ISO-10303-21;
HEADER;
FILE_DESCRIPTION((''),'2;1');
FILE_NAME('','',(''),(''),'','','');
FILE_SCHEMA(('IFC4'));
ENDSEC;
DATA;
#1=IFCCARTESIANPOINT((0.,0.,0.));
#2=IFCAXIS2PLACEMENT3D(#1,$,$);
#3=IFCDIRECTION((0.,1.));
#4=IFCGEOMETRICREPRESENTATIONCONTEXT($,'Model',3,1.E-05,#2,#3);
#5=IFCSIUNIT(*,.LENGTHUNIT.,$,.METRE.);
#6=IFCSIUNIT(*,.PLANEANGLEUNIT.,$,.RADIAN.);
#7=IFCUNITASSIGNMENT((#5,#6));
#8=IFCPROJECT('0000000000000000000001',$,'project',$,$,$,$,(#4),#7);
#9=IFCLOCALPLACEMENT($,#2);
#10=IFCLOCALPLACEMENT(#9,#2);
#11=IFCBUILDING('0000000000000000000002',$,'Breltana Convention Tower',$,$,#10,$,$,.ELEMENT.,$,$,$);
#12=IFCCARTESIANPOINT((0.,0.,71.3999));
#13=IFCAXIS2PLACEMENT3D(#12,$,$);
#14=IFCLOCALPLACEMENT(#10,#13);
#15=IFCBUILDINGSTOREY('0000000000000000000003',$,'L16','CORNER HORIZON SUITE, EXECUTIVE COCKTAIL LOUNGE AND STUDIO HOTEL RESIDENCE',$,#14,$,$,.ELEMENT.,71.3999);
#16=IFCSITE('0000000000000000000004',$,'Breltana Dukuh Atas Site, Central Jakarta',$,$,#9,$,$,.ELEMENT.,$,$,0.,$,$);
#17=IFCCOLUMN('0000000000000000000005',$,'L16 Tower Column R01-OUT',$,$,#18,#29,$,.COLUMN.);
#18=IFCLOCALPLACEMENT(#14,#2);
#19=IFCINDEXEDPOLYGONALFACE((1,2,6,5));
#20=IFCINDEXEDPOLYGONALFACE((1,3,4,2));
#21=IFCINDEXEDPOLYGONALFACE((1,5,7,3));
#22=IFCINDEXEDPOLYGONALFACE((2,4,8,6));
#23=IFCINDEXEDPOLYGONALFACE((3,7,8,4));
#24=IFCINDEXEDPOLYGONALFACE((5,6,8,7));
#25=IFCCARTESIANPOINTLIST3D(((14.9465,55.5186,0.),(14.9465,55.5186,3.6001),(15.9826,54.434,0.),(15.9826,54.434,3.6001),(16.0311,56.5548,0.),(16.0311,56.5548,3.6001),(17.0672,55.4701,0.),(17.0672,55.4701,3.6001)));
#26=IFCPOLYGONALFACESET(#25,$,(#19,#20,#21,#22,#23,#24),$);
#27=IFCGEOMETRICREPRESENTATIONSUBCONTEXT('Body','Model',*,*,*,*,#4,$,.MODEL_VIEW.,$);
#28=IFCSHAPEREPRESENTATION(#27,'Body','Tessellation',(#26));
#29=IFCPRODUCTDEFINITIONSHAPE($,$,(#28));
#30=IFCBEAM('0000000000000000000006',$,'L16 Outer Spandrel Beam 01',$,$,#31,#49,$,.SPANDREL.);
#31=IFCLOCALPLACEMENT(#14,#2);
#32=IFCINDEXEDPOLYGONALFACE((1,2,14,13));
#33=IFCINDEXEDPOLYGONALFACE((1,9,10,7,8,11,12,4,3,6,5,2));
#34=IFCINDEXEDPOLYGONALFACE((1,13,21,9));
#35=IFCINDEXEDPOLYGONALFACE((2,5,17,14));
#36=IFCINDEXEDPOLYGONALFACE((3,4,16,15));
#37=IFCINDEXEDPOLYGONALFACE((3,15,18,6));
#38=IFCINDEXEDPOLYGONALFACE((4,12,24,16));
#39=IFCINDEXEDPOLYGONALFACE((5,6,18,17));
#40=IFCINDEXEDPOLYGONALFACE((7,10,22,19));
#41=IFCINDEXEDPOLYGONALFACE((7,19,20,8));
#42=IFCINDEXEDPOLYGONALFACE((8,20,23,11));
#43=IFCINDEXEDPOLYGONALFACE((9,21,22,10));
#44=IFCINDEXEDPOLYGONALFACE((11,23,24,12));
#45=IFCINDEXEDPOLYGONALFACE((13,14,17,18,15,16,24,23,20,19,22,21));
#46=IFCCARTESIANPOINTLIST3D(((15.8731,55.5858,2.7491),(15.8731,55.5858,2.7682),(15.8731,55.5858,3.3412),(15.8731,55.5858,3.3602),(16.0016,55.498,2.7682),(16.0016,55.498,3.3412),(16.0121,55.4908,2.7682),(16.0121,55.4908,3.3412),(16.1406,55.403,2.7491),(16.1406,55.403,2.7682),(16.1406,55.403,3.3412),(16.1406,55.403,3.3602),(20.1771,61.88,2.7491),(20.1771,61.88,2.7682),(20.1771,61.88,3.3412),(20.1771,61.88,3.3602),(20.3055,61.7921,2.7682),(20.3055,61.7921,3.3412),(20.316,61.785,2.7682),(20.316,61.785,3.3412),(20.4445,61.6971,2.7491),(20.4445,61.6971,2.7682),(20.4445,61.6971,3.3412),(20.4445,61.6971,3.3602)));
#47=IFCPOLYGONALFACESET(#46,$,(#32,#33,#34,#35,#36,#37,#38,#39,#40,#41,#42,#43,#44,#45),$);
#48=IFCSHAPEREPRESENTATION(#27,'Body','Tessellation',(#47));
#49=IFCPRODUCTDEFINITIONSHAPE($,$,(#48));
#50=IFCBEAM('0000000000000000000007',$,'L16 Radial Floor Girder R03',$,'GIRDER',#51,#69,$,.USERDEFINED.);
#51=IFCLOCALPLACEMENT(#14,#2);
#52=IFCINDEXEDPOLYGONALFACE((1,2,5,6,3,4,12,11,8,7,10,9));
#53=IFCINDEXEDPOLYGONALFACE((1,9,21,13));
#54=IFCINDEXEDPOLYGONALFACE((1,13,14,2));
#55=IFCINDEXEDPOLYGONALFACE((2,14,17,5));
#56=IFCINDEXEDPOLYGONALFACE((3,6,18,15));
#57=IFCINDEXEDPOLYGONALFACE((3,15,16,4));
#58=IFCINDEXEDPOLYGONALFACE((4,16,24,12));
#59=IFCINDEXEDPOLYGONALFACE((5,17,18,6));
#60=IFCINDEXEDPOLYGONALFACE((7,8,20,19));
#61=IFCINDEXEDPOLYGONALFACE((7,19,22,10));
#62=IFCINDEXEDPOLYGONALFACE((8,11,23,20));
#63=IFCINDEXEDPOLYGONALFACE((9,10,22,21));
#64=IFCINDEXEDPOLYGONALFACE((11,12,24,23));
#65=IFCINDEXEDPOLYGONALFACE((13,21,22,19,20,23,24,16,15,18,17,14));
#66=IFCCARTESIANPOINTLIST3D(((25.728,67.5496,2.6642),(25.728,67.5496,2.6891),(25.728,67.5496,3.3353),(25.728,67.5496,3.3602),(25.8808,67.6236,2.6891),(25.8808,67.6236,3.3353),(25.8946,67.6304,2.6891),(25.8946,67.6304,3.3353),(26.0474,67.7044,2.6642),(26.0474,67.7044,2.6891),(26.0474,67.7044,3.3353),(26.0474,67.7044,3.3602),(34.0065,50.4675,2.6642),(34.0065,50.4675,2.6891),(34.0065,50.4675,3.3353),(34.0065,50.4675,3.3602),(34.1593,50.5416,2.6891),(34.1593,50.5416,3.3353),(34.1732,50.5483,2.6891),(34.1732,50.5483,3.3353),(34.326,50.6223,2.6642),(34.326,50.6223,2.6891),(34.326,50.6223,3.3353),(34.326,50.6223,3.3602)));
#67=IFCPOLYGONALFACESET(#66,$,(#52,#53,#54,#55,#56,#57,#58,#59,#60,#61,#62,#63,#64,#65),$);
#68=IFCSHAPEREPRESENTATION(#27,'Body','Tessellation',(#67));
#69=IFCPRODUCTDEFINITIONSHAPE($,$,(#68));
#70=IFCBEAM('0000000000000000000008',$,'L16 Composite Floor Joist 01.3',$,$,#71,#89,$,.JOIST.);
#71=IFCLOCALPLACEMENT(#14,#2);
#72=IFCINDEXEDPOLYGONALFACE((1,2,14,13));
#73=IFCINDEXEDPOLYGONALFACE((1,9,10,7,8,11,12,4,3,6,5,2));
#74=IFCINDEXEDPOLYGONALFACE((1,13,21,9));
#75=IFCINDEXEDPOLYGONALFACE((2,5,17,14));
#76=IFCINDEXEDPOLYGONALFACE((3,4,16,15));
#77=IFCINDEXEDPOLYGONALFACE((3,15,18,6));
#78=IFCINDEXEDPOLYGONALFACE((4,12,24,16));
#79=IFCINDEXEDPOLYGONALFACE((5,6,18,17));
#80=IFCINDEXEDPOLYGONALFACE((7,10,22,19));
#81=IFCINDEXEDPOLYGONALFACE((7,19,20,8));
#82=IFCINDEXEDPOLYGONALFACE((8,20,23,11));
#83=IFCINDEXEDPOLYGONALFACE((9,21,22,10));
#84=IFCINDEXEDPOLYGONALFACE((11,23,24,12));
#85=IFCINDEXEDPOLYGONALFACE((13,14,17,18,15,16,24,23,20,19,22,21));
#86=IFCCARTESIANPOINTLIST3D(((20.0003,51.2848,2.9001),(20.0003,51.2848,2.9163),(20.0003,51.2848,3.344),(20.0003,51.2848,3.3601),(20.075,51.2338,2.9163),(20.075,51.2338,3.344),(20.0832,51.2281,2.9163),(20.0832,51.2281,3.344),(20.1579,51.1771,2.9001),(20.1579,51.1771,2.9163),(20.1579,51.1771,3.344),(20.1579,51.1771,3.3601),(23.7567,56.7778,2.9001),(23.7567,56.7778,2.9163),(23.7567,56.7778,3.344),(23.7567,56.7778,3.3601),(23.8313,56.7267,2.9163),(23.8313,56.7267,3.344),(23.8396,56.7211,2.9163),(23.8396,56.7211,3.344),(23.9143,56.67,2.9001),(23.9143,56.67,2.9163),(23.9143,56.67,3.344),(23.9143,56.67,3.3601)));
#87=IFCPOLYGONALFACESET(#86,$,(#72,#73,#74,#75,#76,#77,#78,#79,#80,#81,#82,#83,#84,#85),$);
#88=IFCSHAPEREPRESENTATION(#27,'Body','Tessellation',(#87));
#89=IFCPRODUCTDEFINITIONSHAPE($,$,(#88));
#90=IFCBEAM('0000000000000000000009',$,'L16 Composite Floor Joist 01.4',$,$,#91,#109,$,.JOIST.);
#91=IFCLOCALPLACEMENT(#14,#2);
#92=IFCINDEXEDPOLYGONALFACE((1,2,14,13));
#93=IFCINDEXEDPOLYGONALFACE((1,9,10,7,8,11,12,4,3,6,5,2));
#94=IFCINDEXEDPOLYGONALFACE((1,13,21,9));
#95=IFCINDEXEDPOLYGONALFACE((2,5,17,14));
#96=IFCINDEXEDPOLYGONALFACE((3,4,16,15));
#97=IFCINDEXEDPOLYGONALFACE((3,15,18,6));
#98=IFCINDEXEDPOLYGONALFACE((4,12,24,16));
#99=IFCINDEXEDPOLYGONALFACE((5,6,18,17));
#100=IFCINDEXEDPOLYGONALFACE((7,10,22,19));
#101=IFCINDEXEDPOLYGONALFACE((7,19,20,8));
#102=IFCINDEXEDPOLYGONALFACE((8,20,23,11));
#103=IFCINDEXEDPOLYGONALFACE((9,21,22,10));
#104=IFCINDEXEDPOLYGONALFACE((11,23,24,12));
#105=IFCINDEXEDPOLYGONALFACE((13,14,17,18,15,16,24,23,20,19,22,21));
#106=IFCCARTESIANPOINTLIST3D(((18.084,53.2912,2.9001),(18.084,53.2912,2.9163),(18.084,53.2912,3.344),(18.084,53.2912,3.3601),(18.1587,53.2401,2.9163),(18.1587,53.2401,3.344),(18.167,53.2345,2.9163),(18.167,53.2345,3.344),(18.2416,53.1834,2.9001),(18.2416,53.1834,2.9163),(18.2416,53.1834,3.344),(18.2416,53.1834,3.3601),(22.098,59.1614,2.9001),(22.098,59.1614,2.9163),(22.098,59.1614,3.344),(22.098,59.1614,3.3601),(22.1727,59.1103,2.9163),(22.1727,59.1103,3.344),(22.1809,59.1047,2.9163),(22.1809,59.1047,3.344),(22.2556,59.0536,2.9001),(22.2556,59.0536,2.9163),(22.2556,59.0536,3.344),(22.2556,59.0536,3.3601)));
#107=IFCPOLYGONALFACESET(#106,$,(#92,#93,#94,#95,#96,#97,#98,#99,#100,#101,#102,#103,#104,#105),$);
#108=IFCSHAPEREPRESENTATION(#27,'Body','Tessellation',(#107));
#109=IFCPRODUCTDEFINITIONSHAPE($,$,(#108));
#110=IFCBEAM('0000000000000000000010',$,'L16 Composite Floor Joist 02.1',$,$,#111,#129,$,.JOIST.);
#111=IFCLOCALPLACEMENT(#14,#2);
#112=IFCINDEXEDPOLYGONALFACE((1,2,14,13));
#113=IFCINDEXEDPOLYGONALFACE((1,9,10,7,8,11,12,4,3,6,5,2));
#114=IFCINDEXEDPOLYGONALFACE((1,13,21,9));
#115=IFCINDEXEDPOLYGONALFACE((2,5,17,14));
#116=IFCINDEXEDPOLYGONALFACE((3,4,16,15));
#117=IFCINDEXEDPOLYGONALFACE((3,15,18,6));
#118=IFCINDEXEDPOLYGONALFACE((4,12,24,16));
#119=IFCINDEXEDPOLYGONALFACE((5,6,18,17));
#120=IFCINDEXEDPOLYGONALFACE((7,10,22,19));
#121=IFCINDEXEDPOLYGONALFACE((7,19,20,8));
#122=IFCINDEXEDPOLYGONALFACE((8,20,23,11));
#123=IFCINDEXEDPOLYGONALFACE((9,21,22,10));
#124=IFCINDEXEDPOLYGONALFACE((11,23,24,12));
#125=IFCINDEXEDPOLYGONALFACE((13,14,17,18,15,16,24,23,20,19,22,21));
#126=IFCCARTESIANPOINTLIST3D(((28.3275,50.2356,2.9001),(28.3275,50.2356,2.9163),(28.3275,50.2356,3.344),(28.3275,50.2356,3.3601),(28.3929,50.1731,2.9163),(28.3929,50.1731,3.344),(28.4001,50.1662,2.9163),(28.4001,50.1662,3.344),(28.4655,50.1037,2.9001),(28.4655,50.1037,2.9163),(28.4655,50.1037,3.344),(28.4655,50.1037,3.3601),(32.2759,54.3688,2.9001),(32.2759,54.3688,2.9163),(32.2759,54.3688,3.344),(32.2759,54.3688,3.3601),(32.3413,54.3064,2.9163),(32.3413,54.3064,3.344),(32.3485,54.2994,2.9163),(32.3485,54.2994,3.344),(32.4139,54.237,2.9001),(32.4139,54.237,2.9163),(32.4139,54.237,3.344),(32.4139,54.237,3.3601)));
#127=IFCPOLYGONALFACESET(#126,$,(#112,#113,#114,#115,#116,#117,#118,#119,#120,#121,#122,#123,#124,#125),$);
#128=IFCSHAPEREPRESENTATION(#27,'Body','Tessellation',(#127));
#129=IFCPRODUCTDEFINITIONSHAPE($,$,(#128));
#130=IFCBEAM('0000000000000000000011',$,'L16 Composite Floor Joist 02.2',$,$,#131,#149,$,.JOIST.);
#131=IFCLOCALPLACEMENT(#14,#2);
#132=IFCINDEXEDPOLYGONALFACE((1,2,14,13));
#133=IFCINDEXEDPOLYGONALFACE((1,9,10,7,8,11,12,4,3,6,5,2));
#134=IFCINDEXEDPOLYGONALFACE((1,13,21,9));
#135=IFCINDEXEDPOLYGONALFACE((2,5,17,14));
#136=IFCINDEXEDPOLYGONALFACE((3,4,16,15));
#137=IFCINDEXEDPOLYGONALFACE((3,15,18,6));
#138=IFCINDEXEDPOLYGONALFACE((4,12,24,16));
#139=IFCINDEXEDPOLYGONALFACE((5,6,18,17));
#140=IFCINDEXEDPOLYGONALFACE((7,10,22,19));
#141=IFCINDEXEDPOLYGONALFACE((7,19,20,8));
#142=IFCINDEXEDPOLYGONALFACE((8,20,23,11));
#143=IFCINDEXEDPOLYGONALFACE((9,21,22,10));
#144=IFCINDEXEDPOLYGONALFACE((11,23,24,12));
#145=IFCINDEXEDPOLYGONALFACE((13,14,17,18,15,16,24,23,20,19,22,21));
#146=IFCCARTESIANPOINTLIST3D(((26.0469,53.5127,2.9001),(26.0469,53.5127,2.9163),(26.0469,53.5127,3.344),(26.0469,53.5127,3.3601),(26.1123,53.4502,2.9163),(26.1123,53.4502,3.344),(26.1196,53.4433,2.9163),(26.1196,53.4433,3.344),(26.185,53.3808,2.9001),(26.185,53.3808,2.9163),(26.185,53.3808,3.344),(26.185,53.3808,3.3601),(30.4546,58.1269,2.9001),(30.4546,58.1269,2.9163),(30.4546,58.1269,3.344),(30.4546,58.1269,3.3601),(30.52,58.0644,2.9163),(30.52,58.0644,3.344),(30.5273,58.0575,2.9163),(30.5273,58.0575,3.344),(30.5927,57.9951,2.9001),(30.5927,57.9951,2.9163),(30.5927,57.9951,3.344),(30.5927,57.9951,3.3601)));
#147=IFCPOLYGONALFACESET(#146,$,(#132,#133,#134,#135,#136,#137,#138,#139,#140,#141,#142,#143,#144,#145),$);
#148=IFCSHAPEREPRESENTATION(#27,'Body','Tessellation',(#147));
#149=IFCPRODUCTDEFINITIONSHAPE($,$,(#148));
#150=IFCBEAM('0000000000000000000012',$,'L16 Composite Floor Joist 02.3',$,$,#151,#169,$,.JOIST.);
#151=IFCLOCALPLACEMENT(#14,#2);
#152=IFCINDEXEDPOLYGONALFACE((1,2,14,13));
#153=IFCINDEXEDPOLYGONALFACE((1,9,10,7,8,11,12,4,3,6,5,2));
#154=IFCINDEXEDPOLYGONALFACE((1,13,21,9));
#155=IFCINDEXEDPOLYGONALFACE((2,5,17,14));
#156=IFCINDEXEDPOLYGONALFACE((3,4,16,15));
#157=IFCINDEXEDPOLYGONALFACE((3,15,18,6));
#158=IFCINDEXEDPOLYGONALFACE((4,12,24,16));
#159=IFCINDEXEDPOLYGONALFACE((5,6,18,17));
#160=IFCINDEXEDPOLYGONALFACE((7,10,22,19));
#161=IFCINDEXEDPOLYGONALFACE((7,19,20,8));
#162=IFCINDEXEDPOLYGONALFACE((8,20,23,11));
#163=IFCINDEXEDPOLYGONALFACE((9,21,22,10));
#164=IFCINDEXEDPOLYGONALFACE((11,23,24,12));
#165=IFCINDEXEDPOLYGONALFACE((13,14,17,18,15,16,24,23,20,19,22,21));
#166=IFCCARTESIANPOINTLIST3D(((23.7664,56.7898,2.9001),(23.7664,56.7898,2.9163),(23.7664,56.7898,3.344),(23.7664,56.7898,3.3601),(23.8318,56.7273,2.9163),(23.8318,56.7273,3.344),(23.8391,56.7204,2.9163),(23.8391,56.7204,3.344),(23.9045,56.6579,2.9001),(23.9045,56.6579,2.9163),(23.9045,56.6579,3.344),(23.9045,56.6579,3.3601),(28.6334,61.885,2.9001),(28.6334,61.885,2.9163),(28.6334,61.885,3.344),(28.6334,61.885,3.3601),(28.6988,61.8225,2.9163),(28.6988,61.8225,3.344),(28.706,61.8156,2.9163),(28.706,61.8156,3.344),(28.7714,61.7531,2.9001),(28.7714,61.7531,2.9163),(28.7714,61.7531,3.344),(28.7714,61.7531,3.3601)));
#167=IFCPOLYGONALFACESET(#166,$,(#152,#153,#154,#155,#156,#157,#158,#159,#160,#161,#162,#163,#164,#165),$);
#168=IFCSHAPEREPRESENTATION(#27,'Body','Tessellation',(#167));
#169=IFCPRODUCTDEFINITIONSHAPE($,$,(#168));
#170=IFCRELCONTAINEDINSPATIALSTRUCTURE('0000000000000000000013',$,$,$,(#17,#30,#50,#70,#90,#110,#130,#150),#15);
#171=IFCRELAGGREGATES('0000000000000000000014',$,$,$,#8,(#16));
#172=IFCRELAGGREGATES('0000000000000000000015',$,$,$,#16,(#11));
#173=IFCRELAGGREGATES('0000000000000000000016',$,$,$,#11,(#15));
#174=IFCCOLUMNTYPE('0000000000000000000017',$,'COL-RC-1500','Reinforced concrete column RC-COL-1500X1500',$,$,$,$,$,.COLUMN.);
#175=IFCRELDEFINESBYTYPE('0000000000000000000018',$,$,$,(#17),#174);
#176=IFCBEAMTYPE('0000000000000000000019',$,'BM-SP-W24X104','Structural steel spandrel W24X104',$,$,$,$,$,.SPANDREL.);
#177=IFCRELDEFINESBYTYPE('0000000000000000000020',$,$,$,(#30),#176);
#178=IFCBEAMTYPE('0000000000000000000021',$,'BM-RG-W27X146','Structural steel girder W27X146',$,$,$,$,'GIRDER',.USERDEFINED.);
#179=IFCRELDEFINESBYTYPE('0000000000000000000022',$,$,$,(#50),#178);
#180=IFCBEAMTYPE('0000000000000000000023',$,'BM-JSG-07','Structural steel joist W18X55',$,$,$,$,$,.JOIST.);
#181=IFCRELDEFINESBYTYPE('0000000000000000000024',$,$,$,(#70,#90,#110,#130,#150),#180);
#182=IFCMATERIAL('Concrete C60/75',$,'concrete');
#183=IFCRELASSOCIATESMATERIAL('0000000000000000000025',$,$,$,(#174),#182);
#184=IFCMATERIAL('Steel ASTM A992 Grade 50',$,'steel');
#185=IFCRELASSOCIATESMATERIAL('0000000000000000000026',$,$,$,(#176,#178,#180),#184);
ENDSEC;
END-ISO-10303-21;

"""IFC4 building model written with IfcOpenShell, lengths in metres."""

from ifc_helpers import new_model, si_unit, direction, frame, origin, origin_2d, place, context, subcontext, project, spatial, rectangle, i_section, extrude, source, transform, mapped, material, material_profile, profile_set, type_object, type_shapes, element, save


model = new_model("IFC4")

# Units and contexts
model_context = context("Model", 3, precision=1e-05, world=origin(), true_north=direction((0.0, 1.0)))
body_context = subcontext(model_context, "Body", "Model", "MODEL_VIEW")
ifc_project = project(units=[si_unit("LENGTHUNIT", "METRE"), si_unit("PLANEANGLEUNIT", "RADIAN")], contexts=[model_context])

# Site, building, storey
site_placement = place(None, origin())
site = spatial("IfcSite", under=ifc_project, at=site_placement, Name="Breltana Dukuh Atas Site, Central Jakarta", CompositionType="ELEMENT", RefElevation=0.0)
building_placement = place(site_placement, origin())
building = spatial("IfcBuilding", under=site, at=building_placement, Name="Breltana Convention Tower", CompositionType="ELEMENT")
storey_placement = place(building_placement, frame((0.0, 0.0, 71.3999)))
storey = spatial("IfcBuildingStorey", under=building, at=storey_placement, Name="L16", Description="CORNER HORIZON SUITE, EXECUTIVE COCKTAIL LOUNGE AND STUDIO HOTEL RESIDENCE", CompositionType="ELEMENT", Elevation=71.3999)

# Column
ifc_material_1 = material(Name="Concrete C60/75", Category="concrete")
ifc_material_profile_1 = material_profile(ifc_material_1, rectangle(XDim=1.5, YDim=1.5, at=origin_2d()), Name="RC-COL-1500X1500")
ifc_profile_set_1 = profile_set([ifc_material_profile_1], Name="Concrete C60/75")
column_type_1 = type_object("IfcColumnType", Name="COL-RC-1500", Description="Reinforced concrete column RC-COL-1500X1500", PredefinedType="COLUMN", material=ifc_profile_set_1)
shared_shape_1 = source(origin(), body_context, "Body", "SweptSolid", [
    extrude(rectangle(XDim=1.5, YDim=1.5, at=origin_2d()), origin(), (0.0, 0.0, 1.0), 3.6001),
])
column_1_placement = place(storey_placement, frame((16.0068, 55.4944, 0.0), z_axis=(0.0, 0.0, 1.0), x_axis=(-0.690756, 0.723088, 0.0)))
element("IfcColumn", 1, at=column_1_placement, inside=storey, type_object=column_type_1, Name="L16 Tower Column R01-OUT", PredefinedType="COLUMN", context=body_context, shape_type="MappedRepresentation", body=[
    mapped(shared_shape_1, transform((0.0, 0.0, 0.0), scale=1.0)),
])

# Beams
ifc_material_2 = material(Name="Steel ASTM A992 Grade 50", Category="steel")
ifc_material_profile_2 = material_profile(ifc_material_2, i_section(OverallWidth=0.324, OverallDepth=0.6111, WebThickness=0.0127, FlangeThickness=0.019, at=origin_2d()), Name="W24X104")
ifc_profile_set_2 = profile_set([ifc_material_profile_2], Name="Steel ASTM A992 Grade 50")
beam_type_1 = type_object("IfcBeamType", Name="BM-SP-W24X104", Description="Structural steel spandrel W24X104", PredefinedType="SPANDREL", material=ifc_profile_set_2)
shared_shape_2 = source(origin(), body_context, "Body", "SweptSolid", [
    extrude(i_section(OverallWidth=0.324, OverallDepth=0.6111, WebThickness=0.0127, FlangeThickness=0.019, at=origin_2d()), origin(), (0.0, 0.0, 1.0), 7.625),
])
type_shapes(beam_type_1, [shared_shape_2])
beam_1_placement = place(storey_placement, frame((16.0068, 55.4944, 3.0547), z_axis=(0.564452, 0.825466, 0.0), x_axis=(-0.825466, 0.564452, 0.0)))
element("IfcBeam", 2, at=beam_1_placement, inside=storey, type_object=beam_type_1, Name="L16 Outer Spandrel Beam 01", PredefinedType="SPANDREL", context=body_context, shape_type="MappedRepresentation", body=[
    mapped(shared_shape_2, transform((0.0, 0.0, 0.0), scale=1.0)),
])
ifc_material_profile_3 = material_profile(ifc_material_2, i_section(OverallWidth=0.355, OverallDepth=0.696, WebThickness=0.0154, FlangeThickness=0.0249, at=origin_2d()), Name="W27X146")
ifc_profile_set_3 = profile_set([ifc_material_profile_3], Name="Steel ASTM A992 Grade 50")
beam_type_2 = type_object("IfcBeamType", Name="BM-RG-W27X146", Description="Structural steel girder W27X146", ElementType="GIRDER", PredefinedType="USERDEFINED", material=ifc_profile_set_3)
shared_shape_3 = source(origin(), body_context, "Body", "SweptSolid", [
    extrude(i_section(OverallWidth=0.355, OverallDepth=0.696, WebThickness=0.0154, FlangeThickness=0.0249, at=origin_2d()), origin(), (0.0, 0.0, 1.0), 18.9824),
])
beam_2_placement = place(storey_placement, frame((34.1663, 50.5449, 3.0122), z_axis=(-0.436119, 0.899889, 0.0), x_axis=(-0.899889, -0.436119, 0.0)))
element("IfcBeam", 3, at=beam_2_placement, inside=storey, type_object=beam_type_2, Name="L16 Radial Floor Girder R03", ObjectType="GIRDER", PredefinedType="USERDEFINED", context=body_context, shape_type="MappedRepresentation", body=[
    mapped(shared_shape_3, transform((0.0, 0.0, 0.0), scale=1.0)),
])
ifc_material_profile_4 = material_profile(ifc_material_2, i_section(OverallWidth=0.1909, OverallDepth=0.46, WebThickness=0.01, FlangeThickness=0.0161, at=origin_2d()), Name="W18X55")
ifc_profile_set_4 = profile_set([ifc_material_profile_4], Name="Steel ASTM A992 Grade 50")
beam_type_3 = type_object("IfcBeamType", Name="BM-JSG-07", Description="Structural steel joist W18X55", PredefinedType="JOIST", material=ifc_profile_set_4)
shared_shape_4 = source(origin(), body_context, "Body", "SweptSolid", [
    extrude(i_section(OverallWidth=0.1909, OverallDepth=0.46, WebThickness=0.01, FlangeThickness=0.0161, at=origin_2d()), origin(), (0.0, 0.0, 1.0), 6.6545),
])
beam_3_placement = place(storey_placement, frame((20.0791, 51.231, 3.1301), z_axis=(0.564483, 0.825445, 0.0), x_axis=(-0.825445, 0.564483, 0.0)))
element("IfcBeam", 4, at=beam_3_placement, inside=storey, type_object=beam_type_3, Name="L16 Composite Floor Joist 01.3", PredefinedType="JOIST", context=body_context, shape_type="MappedRepresentation", body=[
    mapped(shared_shape_4, transform((0.0, 0.0, 0.0), scale=1.0)),
])
shared_shape_5 = source(origin(), body_context, "Body", "SweptSolid", [
    extrude(i_section(OverallWidth=0.1909, OverallDepth=0.46, WebThickness=0.01, FlangeThickness=0.0161, at=origin_2d()), origin(), (0.0, 0.0, 1.0), 7.1113),
])
beam_4_placement = place(storey_placement, frame((18.1628, 53.2373, 3.1301), z_axis=(0.564446, 0.82547, 0.0), x_axis=(-0.82547, 0.564446, 0.0)))
element("IfcBeam", 5, at=beam_4_placement, inside=storey, type_object=beam_type_3, Name="L16 Composite Floor Joist 01.4", PredefinedType="JOIST", context=body_context, shape_type="MappedRepresentation", body=[
    mapped(shared_shape_5, transform((0.0, 0.0, 0.0), scale=1.0)),
])
shared_shape_6 = source(origin(), body_context, "Body", "SweptSolid", [
    extrude(i_section(OverallWidth=0.1909, OverallDepth=0.46, WebThickness=0.01, FlangeThickness=0.0161, at=origin_2d()), origin(), (0.0, 0.0, 1.0), 5.7161),
])
beam_5_placement = place(storey_placement, frame((28.3965, 50.1697, 3.1301), z_axis=(0.690756, 0.723088, 0.0), x_axis=(-0.723088, 0.690756, 0.0)))
element("IfcBeam", 6, at=beam_5_placement, inside=storey, type_object=beam_type_3, Name="L16 Composite Floor Joist 02.1", PredefinedType="JOIST", context=body_context, shape_type="MappedRepresentation", body=[
    mapped(shared_shape_6, transform((0.0, 0.0, 0.0), scale=1.0)),
])
shared_shape_7 = source(origin(), body_context, "Body", "SweptSolid", [
    extrude(i_section(OverallWidth=0.1909, OverallDepth=0.46, WebThickness=0.01, FlangeThickness=0.0161, at=origin_2d()), origin(), (0.0, 0.0, 1.0), 6.3811),
])
beam_6_placement = place(storey_placement, frame((26.116, 53.4468, 3.1301), z_axis=(0.690738, 0.723105, 0.0), x_axis=(-0.723105, 0.690738, 0.0)))
element("IfcBeam", 7, at=beam_6_placement, inside=storey, type_object=beam_type_3, Name="L16 Composite Floor Joist 02.2", PredefinedType="JOIST", context=body_context, shape_type="MappedRepresentation", body=[
    mapped(shared_shape_7, transform((0.0, 0.0, 0.0), scale=1.0)),
])
shared_shape_8 = source(origin(), body_context, "Body", "SweptSolid", [
    extrude(i_section(OverallWidth=0.1909, OverallDepth=0.46, WebThickness=0.01, FlangeThickness=0.0161, at=origin_2d()), origin(), (0.0, 0.0, 1.0), 7.0461),
])
beam_7_placement = place(storey_placement, frame((23.8354, 56.7239, 3.1301), z_axis=(0.690723, 0.72312, 0.0), x_axis=(-0.72312, 0.690723, 0.0)))
element("IfcBeam", 8, at=beam_7_placement, inside=storey, type_object=beam_type_3, Name="L16 Composite Floor Joist 02.3", PredefinedType="JOIST", context=body_context, shape_type="MappedRepresentation", body=[
    mapped(shared_shape_8, transform((0.0, 0.0, 0.0), scale=1.0)),
])

save(model, "model.ifc")
